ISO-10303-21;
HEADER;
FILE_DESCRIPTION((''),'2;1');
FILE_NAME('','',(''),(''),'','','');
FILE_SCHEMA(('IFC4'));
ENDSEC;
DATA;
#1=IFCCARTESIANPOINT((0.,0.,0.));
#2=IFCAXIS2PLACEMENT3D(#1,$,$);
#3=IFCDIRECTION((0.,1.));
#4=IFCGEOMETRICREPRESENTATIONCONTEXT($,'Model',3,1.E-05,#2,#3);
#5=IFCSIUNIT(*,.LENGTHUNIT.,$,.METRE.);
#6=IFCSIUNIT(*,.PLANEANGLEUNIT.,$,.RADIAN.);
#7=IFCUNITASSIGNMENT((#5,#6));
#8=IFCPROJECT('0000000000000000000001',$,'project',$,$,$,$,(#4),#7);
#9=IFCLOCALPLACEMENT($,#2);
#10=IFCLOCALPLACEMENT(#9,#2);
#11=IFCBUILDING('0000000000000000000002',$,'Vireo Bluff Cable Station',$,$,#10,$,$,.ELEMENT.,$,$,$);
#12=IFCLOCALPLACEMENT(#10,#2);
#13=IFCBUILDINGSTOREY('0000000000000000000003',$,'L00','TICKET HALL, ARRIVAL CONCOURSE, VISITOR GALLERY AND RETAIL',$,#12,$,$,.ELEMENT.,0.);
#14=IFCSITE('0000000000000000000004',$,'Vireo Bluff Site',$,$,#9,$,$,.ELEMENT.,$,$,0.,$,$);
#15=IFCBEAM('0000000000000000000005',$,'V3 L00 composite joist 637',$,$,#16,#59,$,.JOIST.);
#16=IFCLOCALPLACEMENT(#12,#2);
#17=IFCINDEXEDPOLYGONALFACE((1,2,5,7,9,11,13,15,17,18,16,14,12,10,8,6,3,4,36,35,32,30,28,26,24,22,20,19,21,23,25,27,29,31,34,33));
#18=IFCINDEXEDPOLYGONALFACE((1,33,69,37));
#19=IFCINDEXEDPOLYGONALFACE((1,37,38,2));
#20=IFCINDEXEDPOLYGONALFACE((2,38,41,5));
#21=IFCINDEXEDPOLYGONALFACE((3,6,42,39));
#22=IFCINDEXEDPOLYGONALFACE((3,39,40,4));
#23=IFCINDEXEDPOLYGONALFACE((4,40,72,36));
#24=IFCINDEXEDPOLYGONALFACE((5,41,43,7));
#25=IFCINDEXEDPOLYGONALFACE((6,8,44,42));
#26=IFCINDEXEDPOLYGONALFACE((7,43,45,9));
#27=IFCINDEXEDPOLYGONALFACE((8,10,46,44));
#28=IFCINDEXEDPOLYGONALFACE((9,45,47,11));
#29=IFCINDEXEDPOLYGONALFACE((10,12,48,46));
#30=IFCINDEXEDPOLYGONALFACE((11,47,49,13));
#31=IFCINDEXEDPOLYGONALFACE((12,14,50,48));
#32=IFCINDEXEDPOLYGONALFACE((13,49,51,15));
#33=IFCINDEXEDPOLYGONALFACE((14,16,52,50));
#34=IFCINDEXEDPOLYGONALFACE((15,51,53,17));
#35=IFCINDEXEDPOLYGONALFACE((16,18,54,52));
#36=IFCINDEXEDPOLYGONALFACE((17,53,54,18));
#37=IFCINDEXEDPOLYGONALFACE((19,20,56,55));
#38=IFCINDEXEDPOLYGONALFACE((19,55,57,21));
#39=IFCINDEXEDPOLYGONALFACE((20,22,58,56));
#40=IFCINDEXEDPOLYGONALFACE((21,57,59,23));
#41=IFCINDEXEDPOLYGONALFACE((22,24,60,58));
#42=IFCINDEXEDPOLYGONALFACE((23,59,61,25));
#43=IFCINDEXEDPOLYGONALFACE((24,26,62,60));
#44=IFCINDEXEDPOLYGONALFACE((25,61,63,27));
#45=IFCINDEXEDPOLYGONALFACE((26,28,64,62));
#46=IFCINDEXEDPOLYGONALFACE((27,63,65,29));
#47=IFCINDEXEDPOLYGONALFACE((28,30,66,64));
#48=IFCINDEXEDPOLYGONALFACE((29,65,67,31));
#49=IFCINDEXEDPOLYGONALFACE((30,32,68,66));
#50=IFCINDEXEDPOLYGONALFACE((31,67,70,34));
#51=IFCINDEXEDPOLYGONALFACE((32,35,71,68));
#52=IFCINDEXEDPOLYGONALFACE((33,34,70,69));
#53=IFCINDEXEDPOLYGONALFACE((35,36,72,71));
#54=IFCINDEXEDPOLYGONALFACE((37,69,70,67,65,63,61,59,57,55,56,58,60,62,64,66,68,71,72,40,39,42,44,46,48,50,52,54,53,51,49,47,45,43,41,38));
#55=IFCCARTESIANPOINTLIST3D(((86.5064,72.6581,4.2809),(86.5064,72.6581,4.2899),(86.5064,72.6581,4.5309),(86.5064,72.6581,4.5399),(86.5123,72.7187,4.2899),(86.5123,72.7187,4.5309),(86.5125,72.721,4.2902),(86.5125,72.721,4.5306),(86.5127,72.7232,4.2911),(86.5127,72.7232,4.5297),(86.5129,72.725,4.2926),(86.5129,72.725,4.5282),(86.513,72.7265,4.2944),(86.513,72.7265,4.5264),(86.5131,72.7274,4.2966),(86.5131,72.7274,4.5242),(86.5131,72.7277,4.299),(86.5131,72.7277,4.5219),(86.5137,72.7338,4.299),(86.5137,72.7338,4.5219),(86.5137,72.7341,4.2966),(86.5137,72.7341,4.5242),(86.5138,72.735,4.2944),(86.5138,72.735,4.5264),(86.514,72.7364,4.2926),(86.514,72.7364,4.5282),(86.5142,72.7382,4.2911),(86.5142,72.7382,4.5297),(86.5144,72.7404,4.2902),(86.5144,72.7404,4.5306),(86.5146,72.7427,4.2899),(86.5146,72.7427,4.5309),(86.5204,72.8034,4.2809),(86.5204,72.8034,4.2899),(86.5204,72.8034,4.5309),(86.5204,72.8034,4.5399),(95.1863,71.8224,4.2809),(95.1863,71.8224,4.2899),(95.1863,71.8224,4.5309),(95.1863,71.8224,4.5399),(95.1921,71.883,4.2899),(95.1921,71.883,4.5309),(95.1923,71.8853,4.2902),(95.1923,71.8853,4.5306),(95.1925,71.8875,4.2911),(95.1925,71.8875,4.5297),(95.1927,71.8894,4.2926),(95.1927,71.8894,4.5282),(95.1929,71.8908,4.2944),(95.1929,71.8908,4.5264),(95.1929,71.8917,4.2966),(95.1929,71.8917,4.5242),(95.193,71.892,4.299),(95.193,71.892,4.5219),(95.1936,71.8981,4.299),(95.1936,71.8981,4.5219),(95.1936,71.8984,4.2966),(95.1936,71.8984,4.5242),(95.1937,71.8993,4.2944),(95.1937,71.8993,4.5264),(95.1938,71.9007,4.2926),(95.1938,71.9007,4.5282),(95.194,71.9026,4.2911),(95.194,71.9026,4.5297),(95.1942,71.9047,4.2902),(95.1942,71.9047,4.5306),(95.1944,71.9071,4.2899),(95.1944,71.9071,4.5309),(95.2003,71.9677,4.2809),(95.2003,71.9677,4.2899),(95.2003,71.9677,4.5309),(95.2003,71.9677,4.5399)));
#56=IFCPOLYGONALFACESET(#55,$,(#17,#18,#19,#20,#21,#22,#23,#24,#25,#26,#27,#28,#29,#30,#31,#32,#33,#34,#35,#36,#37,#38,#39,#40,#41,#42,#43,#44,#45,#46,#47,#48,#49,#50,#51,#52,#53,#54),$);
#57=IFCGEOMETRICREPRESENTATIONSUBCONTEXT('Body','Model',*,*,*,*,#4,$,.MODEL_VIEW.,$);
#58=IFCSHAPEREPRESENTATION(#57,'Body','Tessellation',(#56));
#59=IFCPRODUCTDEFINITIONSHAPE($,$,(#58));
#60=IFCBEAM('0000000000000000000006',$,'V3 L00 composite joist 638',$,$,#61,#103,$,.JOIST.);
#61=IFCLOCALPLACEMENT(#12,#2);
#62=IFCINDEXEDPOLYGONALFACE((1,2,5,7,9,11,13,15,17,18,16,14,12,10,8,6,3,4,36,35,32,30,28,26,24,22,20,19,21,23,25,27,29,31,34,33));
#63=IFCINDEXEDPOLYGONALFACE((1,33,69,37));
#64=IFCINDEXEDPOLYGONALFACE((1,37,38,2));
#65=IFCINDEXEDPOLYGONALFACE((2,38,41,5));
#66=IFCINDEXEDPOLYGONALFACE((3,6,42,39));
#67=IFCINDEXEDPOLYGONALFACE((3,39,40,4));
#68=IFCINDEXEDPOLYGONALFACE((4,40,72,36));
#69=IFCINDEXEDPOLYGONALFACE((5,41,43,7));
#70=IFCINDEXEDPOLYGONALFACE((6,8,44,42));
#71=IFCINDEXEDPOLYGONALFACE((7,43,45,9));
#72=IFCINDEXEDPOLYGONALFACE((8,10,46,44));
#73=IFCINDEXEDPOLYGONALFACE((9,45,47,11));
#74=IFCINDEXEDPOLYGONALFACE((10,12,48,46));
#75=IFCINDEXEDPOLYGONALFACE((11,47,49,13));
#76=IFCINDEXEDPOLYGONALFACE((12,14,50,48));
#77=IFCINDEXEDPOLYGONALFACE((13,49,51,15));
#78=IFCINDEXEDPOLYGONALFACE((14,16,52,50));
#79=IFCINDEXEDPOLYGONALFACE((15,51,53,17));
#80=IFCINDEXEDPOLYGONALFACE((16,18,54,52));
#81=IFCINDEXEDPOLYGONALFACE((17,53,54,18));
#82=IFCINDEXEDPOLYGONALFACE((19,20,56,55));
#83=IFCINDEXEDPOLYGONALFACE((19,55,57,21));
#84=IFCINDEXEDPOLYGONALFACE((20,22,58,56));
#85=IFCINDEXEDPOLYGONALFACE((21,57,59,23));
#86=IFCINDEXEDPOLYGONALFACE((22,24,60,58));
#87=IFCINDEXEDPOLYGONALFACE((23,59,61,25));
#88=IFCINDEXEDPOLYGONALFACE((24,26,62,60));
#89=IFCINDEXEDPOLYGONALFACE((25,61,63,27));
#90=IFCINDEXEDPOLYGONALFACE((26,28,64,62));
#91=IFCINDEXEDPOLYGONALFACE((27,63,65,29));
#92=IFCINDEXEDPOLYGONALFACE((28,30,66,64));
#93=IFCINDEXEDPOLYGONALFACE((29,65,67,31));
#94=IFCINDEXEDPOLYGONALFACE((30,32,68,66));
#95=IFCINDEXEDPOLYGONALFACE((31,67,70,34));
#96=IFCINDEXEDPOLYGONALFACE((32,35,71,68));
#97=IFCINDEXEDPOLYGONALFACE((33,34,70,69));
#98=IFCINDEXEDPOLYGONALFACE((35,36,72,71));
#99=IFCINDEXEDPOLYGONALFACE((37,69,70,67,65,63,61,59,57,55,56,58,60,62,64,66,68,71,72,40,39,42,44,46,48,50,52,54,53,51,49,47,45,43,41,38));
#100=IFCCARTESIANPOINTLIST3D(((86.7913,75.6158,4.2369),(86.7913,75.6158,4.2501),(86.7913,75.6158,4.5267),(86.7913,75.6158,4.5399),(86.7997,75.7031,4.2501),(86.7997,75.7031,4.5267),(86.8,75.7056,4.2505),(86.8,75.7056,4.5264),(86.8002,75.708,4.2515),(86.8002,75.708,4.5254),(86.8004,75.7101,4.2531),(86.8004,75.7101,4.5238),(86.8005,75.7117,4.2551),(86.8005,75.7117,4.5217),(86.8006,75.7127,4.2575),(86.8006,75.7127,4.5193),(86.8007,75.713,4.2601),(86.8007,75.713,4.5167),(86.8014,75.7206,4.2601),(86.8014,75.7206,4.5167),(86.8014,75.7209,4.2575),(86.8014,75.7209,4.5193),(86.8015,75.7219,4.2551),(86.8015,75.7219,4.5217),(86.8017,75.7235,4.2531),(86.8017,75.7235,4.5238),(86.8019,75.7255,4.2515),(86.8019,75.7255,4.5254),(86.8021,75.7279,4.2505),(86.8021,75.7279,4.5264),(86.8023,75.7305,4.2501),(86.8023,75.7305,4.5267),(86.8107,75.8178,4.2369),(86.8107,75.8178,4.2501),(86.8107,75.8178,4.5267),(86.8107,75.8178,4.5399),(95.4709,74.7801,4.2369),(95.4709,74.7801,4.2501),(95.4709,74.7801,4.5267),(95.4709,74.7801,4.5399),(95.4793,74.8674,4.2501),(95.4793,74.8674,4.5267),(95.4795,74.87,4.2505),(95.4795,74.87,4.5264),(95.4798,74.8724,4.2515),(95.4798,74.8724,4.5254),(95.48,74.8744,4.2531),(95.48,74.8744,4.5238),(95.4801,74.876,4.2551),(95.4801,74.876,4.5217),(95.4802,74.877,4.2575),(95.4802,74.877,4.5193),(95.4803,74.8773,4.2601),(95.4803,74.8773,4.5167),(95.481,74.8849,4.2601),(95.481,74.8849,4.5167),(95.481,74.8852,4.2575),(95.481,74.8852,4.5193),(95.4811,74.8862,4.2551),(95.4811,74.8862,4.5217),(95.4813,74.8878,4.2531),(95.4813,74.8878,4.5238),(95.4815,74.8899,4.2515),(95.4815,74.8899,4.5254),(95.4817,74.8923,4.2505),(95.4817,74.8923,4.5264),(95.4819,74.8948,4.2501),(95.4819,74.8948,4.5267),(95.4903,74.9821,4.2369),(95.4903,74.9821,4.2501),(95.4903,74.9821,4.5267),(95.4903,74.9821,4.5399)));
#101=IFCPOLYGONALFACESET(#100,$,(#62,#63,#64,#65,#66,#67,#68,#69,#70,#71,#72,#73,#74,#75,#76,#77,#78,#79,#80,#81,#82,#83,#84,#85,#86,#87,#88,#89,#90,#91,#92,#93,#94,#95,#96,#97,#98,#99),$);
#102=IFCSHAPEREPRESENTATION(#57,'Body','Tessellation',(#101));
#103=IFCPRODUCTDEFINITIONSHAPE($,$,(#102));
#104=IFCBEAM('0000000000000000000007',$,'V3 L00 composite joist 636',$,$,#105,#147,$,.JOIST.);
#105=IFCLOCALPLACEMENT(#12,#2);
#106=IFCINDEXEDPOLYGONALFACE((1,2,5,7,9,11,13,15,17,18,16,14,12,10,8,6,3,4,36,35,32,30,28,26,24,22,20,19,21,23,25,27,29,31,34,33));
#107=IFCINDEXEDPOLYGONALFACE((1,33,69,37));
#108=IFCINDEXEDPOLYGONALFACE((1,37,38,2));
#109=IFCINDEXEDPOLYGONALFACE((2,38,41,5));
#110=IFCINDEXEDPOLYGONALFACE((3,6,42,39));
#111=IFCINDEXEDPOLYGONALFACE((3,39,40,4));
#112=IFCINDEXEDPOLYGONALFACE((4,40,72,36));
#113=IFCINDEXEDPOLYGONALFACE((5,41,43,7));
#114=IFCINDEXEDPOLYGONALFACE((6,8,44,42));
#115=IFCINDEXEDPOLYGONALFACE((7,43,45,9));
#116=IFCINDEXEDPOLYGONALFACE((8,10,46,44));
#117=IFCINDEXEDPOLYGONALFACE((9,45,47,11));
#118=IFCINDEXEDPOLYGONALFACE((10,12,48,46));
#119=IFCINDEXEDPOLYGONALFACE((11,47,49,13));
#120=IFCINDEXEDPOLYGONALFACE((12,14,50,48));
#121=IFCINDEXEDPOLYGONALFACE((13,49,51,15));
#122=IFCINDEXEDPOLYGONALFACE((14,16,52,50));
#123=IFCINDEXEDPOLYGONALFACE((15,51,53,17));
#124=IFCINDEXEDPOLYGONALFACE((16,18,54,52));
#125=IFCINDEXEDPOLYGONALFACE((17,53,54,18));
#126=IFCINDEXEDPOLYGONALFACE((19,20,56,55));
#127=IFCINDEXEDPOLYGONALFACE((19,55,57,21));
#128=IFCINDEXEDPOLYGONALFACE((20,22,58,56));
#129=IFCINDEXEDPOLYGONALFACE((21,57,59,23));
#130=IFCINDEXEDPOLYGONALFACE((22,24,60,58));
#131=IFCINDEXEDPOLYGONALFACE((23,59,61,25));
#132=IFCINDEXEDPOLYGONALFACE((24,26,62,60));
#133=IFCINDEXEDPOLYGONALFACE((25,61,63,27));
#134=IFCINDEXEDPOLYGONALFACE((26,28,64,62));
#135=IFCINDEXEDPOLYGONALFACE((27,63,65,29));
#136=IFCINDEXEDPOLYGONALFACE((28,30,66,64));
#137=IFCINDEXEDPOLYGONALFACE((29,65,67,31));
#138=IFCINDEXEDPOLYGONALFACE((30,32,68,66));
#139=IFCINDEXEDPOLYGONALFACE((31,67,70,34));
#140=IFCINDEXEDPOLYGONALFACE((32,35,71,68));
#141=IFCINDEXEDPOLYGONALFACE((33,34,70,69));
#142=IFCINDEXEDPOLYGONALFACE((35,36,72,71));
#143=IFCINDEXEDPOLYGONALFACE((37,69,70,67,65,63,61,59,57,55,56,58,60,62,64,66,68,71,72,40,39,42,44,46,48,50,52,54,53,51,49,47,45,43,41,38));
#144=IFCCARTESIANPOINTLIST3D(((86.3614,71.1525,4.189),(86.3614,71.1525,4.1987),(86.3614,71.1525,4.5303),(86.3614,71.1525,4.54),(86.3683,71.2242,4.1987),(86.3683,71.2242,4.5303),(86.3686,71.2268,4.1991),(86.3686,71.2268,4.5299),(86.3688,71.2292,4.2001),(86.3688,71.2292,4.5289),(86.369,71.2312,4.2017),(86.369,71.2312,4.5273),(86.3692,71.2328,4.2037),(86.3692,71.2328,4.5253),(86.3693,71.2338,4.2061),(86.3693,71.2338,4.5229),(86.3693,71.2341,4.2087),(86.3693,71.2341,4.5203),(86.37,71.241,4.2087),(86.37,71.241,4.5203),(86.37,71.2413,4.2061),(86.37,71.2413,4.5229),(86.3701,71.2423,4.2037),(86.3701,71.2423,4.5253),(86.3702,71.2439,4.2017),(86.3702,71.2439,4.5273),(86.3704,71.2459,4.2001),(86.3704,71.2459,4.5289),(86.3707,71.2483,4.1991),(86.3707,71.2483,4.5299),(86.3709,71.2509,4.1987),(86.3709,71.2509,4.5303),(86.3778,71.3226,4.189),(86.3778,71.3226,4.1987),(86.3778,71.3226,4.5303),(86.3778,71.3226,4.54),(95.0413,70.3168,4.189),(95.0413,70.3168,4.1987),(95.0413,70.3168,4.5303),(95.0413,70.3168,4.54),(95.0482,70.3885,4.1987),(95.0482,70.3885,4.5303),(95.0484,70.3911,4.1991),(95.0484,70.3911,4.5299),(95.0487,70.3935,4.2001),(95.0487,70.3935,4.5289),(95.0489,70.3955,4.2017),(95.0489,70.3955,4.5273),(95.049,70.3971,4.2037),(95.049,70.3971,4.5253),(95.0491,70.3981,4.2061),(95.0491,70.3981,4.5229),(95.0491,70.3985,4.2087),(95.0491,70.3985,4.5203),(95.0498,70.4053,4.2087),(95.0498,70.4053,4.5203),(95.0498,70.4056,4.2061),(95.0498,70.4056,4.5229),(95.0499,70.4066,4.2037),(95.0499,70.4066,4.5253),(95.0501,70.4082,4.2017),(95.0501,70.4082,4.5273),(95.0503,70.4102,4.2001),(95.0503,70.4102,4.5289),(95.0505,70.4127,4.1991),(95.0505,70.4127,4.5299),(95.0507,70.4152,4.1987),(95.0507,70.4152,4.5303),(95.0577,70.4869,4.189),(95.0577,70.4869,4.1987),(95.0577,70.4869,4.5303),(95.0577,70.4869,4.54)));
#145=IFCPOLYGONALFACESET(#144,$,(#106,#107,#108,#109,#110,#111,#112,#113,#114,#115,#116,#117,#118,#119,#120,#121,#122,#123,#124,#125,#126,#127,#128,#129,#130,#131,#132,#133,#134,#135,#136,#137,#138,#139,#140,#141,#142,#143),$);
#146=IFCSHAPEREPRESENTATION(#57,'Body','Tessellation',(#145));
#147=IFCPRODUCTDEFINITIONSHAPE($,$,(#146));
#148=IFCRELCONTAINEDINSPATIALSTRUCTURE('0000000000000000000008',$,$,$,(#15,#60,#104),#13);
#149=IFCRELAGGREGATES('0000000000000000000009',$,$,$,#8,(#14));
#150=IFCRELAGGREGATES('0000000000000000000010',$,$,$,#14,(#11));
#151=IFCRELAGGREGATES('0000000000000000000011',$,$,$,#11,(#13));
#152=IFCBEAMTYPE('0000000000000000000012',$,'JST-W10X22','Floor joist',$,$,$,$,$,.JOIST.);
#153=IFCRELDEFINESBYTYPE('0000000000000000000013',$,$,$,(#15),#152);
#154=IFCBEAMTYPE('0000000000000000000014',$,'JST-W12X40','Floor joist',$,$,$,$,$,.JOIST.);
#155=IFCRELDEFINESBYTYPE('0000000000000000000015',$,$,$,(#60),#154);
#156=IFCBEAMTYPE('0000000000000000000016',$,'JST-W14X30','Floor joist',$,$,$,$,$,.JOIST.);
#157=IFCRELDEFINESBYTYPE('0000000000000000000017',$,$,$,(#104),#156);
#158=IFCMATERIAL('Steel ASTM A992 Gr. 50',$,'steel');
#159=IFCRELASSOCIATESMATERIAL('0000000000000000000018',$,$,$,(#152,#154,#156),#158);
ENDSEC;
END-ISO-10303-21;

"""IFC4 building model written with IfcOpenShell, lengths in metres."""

from ifc_helpers import new_model, si_unit, direction, frame, origin, origin_2d, place, context, subcontext, project, spatial, i_section, extrude, material, material_profile, profile_set, type_object, element, save


model = new_model("IFC4")

# Units and contexts
model_context = context("Model", 3, precision=1e-05, world=origin(), true_north=direction((0.0, 1.0)))
body_context = subcontext(model_context, "Body", "Model", "MODEL_VIEW")
ifc_project = project(units=[si_unit("LENGTHUNIT", "METRE"), si_unit("PLANEANGLEUNIT", "RADIAN")], contexts=[model_context])

# Site, building, storey
site_placement = place(None, origin())
site = spatial("IfcSite", under=ifc_project, at=site_placement, Name="Vireo Bluff Site", CompositionType="ELEMENT", RefElevation=0.0)
building_placement = place(site_placement, origin())
building = spatial("IfcBuilding", under=site, at=building_placement, Name="Vireo Bluff Cable Station", CompositionType="ELEMENT")
storey_placement = place(building_placement, origin())
storey = spatial("IfcBuildingStorey", under=building, at=storey_placement, Name="L00", Description="TICKET HALL, ARRIVAL CONCOURSE, VISITOR GALLERY AND RETAIL", CompositionType="ELEMENT", Elevation=0.0)

# Shared definitions
ifc_material_1 = material(Name="Steel ASTM A992 Gr. 50", Category="steel")

# Beams
ifc_material_profile_1 = material_profile(ifc_material_1, i_section(OverallWidth=0.146, OverallDepth=0.259, WebThickness=0.0061, FlangeThickness=0.009, FilletRadius=0.009, at=origin_2d()), Name="W10X22")
ifc_profile_set_1 = profile_set([ifc_material_profile_1], Name="Steel ASTM A992 Gr. 50")
beam_type_1 = type_object("IfcBeamType", Name="JST-W10X22", Description="Floor joist", PredefinedType="JOIST", material=ifc_profile_set_1)
beam_1_placement = place(storey_placement, frame((86.5134, 72.7307, 4.4104), z_axis=(0.995397, -0.095836, 0.0), x_axis=(0.095836, 0.995397, 0.0)))
element("IfcBeam", 1, at=beam_1_placement, inside=storey, type_object=beam_type_1, Name="V3 L00 composite joist 637", PredefinedType="JOIST", context=body_context, shape_type="SweptSolid", body=[
    extrude(i_section(OverallWidth=0.146, OverallDepth=0.259, WebThickness=0.0061, FlangeThickness=0.009, FilletRadius=0.009, at=origin_2d()), origin(), (0.0, 0.0, 1.0), 8.72),
])
ifc_material_profile_2 = material_profile(ifc_material_1, i_section(OverallWidth=0.2029, OverallDepth=0.303, WebThickness=0.0076, FlangeThickness=0.0132, FilletRadius=0.01, at=origin_2d()), Name="W12X40")
ifc_profile_set_2 = profile_set([ifc_material_profile_2], Name="Steel ASTM A992 Gr. 50")
beam_type_2 = type_object("IfcBeamType", Name="JST-W12X40", Description="Floor joist", PredefinedType="JOIST", material=ifc_profile_set_2)
beam_2_placement = place(storey_placement, frame((86.801, 75.7168, 4.3884), z_axis=(0.995397, -0.095838, 0.0), x_axis=(0.095838, 0.995397, 0.0)))
element("IfcBeam", 2, at=beam_2_placement, inside=storey, type_object=beam_type_2, Name="V3 L00 composite joist 638", PredefinedType="JOIST", context=body_context, shape_type="SweptSolid", body=[
    extrude(i_section(OverallWidth=0.2029, OverallDepth=0.303, WebThickness=0.0076, FlangeThickness=0.0132, FilletRadius=0.01, at=origin_2d()), origin(), (0.0, 0.0, 1.0), 8.7197),
])
ifc_material_profile_3 = material_profile(ifc_material_1, i_section(OverallWidth=0.1709, OverallDepth=0.3511, WebThickness=0.0068, FlangeThickness=0.0098, FilletRadius=0.01, at=origin_2d()), Name="W14X30")
ifc_profile_set_3 = profile_set([ifc_material_profile_3], Name="Steel ASTM A992 Gr. 50")
beam_type_3 = type_object("IfcBeamType", Name="JST-W14X30", Description="Floor joist", PredefinedType="JOIST", material=ifc_profile_set_3)
beam_3_placement = place(storey_placement, frame((86.3696, 71.2375, 4.3645), z_axis=(0.995397, -0.095836, 0.0), x_axis=(0.095836, 0.995397, 0.0)))
element("IfcBeam", 3, at=beam_3_placement, inside=storey, type_object=beam_type_3, Name="V3 L00 composite joist 636", PredefinedType="JOIST", context=body_context, shape_type="SweptSolid", body=[
    extrude(i_section(OverallWidth=0.1709, OverallDepth=0.3511, WebThickness=0.0068, FlangeThickness=0.0098, FilletRadius=0.01, at=origin_2d()), origin(), (0.0, 0.0, 1.0), 8.72),
])

save(model, "model.ifc")
